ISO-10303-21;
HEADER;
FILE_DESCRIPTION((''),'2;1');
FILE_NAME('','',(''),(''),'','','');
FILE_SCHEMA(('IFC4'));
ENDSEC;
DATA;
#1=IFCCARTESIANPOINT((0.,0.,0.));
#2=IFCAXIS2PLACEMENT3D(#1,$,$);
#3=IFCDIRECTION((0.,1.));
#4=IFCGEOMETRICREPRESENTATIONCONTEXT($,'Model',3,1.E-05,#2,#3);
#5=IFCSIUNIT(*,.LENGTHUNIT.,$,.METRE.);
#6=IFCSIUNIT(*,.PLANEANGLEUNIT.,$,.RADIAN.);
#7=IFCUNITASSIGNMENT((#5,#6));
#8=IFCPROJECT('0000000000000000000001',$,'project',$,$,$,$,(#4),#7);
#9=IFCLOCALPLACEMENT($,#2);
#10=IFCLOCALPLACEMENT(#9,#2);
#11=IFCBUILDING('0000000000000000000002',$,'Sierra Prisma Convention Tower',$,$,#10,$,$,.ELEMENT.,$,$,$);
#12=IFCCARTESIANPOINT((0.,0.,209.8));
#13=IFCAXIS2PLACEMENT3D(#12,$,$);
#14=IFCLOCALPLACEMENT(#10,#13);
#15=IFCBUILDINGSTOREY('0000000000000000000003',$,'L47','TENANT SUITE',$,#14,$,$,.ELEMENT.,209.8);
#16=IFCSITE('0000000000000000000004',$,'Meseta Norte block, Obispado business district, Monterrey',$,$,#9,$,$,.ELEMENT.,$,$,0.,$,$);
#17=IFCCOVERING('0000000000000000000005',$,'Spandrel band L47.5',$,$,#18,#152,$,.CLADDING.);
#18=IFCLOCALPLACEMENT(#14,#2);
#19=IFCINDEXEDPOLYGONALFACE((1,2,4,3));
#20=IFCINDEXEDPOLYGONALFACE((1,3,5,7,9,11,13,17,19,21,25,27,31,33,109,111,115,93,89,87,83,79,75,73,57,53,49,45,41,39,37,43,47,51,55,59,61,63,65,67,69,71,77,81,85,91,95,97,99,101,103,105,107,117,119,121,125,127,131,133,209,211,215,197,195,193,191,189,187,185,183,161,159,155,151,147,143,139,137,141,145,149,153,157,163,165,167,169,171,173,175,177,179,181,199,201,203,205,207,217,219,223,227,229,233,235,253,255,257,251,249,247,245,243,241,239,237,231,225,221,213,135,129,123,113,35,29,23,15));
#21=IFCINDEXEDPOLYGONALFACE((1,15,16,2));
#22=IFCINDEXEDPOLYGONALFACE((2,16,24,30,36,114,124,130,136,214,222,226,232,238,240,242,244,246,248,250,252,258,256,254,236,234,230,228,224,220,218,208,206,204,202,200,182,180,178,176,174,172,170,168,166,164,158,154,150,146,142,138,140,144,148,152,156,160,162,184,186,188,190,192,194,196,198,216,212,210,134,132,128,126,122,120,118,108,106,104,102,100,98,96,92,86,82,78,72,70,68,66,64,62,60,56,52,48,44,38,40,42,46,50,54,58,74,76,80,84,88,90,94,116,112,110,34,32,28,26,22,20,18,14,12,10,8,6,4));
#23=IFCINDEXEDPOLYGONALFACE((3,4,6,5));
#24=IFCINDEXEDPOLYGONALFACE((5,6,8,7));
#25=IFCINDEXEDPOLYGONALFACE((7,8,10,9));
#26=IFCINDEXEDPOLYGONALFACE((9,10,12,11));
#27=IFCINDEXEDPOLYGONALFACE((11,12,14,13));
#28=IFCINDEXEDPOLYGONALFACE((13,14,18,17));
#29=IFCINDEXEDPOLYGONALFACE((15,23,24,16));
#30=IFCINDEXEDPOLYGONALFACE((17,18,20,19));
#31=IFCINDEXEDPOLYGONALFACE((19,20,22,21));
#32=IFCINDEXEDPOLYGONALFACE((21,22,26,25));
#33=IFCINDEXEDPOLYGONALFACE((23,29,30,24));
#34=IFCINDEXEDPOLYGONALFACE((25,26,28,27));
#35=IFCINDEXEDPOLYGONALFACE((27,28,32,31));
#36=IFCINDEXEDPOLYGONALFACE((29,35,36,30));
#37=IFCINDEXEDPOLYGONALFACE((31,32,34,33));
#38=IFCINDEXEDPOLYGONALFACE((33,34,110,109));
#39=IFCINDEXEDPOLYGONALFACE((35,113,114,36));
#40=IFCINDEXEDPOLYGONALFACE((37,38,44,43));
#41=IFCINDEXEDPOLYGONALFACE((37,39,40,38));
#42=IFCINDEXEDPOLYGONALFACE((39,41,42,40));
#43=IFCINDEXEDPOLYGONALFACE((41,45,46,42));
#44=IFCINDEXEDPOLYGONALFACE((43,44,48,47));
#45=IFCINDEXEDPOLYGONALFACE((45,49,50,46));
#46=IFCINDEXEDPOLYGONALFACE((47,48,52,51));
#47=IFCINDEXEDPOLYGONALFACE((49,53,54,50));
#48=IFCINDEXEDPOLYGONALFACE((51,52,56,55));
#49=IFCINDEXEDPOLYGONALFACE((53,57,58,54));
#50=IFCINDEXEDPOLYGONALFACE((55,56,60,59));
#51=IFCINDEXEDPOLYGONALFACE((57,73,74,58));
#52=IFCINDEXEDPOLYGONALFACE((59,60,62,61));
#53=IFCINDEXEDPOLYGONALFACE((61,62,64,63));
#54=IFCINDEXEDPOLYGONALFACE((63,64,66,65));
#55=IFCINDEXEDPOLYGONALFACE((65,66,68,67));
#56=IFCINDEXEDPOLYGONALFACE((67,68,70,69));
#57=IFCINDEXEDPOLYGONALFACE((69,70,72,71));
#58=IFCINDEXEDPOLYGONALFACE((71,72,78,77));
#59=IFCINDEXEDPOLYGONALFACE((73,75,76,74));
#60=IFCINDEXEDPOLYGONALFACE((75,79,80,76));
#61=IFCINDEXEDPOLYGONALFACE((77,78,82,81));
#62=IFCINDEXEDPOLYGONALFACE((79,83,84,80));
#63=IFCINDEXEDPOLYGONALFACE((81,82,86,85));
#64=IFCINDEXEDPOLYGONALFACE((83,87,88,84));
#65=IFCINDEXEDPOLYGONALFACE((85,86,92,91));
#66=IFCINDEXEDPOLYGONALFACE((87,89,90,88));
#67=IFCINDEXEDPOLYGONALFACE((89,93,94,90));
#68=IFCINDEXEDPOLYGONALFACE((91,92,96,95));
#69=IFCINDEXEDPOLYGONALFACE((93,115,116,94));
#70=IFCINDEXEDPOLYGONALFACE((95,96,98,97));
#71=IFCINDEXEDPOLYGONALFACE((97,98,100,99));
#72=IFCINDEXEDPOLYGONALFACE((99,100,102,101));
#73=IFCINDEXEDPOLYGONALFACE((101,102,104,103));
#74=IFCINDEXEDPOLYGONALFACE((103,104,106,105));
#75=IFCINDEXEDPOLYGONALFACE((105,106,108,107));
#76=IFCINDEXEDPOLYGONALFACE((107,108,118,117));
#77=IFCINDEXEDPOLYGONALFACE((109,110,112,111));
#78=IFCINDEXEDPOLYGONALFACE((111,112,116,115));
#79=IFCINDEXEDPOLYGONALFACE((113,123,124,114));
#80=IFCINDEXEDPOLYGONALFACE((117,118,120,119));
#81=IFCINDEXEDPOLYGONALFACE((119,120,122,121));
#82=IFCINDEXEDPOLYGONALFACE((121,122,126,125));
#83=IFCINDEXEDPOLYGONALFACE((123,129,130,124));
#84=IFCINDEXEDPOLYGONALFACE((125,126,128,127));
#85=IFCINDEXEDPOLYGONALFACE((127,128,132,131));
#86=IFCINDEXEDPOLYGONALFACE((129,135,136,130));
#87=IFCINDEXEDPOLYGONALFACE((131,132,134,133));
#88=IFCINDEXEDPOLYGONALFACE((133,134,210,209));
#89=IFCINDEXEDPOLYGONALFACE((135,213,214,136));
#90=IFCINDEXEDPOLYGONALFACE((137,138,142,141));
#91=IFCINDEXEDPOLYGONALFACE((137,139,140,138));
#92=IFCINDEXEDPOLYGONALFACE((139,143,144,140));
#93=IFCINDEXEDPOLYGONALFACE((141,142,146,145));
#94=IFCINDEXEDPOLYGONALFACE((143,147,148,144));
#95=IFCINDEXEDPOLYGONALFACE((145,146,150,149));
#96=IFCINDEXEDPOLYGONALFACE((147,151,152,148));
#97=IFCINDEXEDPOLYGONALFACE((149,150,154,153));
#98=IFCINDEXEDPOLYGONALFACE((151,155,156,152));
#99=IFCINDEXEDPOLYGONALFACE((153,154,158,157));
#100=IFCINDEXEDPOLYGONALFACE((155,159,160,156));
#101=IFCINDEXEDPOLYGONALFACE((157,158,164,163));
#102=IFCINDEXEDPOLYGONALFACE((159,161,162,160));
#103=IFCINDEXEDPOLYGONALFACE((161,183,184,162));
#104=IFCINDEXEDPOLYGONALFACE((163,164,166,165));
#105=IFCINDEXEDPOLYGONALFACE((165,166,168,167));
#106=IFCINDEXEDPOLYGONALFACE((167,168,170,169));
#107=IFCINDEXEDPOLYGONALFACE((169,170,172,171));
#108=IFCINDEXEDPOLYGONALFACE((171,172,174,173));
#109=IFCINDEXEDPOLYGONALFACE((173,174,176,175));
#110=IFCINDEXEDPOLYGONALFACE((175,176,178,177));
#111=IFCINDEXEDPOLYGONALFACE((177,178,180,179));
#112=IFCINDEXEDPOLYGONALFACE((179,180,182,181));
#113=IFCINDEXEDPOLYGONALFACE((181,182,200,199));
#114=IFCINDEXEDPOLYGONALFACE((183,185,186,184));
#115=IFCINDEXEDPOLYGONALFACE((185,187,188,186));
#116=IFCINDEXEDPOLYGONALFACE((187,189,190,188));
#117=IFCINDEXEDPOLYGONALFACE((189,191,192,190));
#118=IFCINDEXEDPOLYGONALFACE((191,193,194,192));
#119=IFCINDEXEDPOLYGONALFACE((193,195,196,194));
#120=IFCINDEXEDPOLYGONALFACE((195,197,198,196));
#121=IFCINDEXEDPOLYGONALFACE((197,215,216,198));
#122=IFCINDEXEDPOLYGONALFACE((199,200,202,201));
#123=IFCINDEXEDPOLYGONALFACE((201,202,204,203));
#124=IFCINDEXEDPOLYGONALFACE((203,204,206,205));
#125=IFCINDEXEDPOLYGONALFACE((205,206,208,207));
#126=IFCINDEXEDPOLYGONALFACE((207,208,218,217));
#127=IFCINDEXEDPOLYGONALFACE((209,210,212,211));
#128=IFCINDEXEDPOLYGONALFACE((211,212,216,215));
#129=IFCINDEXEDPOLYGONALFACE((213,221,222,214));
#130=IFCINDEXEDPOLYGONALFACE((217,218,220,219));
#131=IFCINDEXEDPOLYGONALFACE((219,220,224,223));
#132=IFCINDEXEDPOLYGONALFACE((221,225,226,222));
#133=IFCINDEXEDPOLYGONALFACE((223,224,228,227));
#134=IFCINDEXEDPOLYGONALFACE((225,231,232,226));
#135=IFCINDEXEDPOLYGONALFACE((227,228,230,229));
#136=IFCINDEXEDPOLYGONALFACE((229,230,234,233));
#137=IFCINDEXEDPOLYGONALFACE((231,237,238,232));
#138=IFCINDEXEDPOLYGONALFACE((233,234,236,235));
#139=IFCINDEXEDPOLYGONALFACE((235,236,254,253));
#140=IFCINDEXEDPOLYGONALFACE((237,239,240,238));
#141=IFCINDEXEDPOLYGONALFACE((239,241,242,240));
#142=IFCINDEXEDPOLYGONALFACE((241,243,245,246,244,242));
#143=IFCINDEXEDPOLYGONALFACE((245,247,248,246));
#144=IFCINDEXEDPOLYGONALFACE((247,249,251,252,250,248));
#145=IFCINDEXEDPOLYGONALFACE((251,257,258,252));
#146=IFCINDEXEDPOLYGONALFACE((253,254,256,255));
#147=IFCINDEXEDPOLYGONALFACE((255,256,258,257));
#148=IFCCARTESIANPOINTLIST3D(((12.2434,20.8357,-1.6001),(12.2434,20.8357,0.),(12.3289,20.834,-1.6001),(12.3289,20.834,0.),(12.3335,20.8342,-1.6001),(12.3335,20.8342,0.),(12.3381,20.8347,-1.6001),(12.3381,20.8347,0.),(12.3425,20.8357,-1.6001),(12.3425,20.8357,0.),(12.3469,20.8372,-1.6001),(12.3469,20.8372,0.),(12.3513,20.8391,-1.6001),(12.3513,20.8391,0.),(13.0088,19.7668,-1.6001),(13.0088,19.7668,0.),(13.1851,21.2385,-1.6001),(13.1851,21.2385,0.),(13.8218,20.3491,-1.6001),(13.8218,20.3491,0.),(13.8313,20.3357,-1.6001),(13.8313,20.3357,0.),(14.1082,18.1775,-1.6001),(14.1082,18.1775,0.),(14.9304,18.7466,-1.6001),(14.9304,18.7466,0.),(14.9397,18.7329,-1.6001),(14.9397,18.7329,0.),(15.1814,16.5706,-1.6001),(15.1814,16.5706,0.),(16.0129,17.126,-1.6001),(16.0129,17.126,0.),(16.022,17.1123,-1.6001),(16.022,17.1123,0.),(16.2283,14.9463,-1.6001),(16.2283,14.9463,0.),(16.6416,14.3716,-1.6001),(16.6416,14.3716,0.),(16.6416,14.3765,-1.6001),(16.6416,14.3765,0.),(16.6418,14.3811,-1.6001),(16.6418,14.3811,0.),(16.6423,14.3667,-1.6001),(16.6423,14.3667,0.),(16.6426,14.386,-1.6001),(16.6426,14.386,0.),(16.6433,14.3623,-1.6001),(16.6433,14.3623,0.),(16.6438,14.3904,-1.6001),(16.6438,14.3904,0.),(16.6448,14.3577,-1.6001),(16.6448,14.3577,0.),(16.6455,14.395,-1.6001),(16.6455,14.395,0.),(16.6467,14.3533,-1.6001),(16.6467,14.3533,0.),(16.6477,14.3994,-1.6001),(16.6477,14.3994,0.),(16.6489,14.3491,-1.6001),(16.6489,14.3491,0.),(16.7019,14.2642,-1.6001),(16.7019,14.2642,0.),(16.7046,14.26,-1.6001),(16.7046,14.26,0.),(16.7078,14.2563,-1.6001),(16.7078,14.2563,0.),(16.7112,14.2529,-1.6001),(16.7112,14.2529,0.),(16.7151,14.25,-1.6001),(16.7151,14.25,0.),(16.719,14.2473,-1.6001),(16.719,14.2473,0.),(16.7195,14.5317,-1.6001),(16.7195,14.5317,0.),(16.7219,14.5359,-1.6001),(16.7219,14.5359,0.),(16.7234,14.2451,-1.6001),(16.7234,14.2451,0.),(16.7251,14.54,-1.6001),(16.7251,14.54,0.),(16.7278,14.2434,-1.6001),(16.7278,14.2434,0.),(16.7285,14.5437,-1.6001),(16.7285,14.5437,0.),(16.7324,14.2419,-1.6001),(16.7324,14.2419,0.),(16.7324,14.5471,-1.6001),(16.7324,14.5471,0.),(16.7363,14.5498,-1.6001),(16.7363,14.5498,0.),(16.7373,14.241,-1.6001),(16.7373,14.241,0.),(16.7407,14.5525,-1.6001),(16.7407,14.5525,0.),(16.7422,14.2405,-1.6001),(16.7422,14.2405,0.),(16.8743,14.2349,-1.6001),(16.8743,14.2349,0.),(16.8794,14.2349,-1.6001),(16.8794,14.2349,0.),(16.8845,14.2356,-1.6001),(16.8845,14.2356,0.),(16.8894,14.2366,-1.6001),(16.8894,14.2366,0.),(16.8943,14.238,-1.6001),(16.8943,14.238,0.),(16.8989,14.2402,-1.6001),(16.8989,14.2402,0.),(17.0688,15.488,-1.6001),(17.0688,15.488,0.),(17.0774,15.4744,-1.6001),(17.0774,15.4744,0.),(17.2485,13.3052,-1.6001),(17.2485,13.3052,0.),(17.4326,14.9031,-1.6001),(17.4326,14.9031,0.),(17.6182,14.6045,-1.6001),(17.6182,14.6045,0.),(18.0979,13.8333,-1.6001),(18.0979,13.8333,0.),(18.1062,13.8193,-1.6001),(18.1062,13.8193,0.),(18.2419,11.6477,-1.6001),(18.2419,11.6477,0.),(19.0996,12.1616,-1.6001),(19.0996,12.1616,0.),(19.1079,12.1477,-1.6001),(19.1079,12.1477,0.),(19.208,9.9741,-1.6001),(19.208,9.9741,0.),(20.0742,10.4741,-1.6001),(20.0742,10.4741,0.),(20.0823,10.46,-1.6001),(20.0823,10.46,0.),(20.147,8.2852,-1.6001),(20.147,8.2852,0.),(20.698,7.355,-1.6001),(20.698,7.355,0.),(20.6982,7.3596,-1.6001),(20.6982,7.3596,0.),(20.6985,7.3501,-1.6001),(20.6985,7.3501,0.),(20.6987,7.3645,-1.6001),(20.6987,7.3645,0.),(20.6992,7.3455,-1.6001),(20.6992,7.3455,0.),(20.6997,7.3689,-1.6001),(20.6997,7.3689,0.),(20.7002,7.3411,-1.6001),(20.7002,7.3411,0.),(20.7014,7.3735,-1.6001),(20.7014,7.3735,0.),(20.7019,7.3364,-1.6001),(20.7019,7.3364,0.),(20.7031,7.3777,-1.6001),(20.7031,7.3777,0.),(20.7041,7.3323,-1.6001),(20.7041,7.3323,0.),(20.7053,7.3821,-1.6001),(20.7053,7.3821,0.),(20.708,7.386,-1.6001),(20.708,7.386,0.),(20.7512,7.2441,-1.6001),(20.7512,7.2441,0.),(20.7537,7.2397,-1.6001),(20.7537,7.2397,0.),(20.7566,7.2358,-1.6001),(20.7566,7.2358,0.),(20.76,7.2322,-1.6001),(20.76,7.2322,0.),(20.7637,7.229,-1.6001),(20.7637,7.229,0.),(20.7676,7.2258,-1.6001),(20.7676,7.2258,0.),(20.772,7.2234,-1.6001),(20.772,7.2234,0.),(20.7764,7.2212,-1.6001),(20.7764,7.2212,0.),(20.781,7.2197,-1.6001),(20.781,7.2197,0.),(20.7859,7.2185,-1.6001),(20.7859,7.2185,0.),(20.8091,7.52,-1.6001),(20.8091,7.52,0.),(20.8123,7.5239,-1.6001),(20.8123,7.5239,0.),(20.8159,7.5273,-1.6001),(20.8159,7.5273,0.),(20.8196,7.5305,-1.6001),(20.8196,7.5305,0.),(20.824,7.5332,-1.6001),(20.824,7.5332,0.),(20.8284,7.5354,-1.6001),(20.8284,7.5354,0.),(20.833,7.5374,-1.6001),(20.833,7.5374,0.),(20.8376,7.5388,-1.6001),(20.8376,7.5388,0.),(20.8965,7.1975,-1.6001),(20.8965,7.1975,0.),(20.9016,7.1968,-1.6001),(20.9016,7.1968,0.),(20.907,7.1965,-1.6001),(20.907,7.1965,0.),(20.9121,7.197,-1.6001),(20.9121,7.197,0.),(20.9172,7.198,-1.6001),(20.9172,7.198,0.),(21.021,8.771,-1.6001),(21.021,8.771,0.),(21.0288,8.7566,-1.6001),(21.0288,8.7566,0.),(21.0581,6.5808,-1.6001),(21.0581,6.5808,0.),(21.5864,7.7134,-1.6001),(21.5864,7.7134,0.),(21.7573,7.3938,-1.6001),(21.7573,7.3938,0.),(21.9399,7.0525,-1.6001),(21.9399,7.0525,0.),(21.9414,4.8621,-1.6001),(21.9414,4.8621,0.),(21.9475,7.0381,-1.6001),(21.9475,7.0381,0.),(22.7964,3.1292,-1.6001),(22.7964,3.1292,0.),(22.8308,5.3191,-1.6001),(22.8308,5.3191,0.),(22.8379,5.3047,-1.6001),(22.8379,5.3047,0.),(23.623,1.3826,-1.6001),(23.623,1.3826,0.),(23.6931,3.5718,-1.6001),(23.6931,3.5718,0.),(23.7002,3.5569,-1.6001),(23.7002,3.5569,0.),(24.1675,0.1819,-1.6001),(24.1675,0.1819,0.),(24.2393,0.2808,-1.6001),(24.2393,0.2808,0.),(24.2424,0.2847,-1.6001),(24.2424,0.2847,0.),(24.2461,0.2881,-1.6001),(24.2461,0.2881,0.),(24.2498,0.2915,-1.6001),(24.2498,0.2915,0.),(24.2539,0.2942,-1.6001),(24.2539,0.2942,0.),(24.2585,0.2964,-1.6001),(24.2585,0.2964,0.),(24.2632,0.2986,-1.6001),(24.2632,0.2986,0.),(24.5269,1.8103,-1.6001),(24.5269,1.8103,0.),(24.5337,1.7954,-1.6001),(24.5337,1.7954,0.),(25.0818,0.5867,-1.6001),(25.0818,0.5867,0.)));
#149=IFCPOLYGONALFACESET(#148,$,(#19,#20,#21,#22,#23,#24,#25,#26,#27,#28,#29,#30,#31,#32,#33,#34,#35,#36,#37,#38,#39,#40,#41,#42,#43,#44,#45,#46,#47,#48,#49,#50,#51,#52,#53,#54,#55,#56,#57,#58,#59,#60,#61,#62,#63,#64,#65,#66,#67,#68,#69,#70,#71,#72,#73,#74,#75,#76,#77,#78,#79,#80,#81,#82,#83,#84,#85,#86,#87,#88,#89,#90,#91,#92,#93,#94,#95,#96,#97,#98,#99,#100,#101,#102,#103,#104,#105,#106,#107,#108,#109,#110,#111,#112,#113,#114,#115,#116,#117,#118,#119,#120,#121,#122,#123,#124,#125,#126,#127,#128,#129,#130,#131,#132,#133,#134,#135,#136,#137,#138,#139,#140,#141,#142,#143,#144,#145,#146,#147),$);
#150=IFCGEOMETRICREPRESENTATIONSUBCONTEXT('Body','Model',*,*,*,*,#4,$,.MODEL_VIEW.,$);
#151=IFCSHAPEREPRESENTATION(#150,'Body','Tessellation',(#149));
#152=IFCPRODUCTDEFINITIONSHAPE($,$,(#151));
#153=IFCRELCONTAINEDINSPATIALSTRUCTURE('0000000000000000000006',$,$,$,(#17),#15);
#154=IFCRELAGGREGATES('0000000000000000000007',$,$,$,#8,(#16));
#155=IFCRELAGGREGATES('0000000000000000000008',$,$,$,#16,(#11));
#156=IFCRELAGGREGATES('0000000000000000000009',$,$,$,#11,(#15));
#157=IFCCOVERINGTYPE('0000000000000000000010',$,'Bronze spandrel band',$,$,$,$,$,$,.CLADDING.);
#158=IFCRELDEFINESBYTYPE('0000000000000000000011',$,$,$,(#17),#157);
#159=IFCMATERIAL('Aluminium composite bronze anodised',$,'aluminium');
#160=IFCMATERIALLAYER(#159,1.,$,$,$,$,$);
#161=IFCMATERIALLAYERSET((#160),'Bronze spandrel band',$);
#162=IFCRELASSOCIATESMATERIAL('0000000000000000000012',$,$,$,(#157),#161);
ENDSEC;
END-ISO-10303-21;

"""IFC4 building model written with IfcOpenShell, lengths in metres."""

from ifc_helpers import new_model, si_unit, direction, frame, origin, place, context, subcontext, project, spatial, polyline, outline, extrude, material, layer, layer_set, type_object, element, save


model = new_model("IFC4")

# Units and contexts
model_context = context("Model", 3, precision=1e-05, world=origin(), true_north=direction((0.0, 1.0)))
body_context = subcontext(model_context, "Body", "Model", "MODEL_VIEW")
ifc_project = project(units=[si_unit("LENGTHUNIT", "METRE"), si_unit("PLANEANGLEUNIT", "RADIAN")], contexts=[model_context])

# Site, building, storey
site_placement = place(None, origin())
site = spatial("IfcSite", under=ifc_project, at=site_placement, Name="Meseta Norte block, Obispado business district, Monterrey", CompositionType="ELEMENT", RefElevation=0.0)
building_placement = place(site_placement, origin())
building = spatial("IfcBuilding", under=site, at=building_placement, Name="Sierra Prisma Convention Tower", CompositionType="ELEMENT")
storey_placement = place(building_placement, frame((0.0, 0.0, 209.8)))
storey = spatial("IfcBuildingStorey", under=building, at=storey_placement, Name="L47", Description="TENANT SUITE", CompositionType="ELEMENT", Elevation=209.8)

# Covering
ifc_material_1 = material(Name="Aluminium composite bronze anodised", Category="aluminium")
ifc_layer_1 = layer(ifc_material_1, 1.0)
ifc_layer_set_1 = layer_set([ifc_layer_1], Name="Bronze spandrel band")
covering_type_1 = type_object("IfcCoveringType", Name="Bronze spandrel band", PredefinedType="CLADDING", material=ifc_layer_set_1)
covering_1_placement = place(storey_placement, frame((0.0, 0.0, -1.6001)))
element("IfcCovering", 1, at=covering_1_placement, inside=storey, type_object=covering_type_1, Name="Spandrel band L47.5", PredefinedType="CLADDING", context=body_context, shape_type="SweptSolid", body=[
    extrude(outline(polyline([(16.7285, 14.5437), (16.7251, 14.54), (16.7219, 14.5359), (16.7195, 14.5317), (16.6477, 14.3994), (16.6455, 14.395), (16.6438, 14.3904), (16.6426, 14.386), (16.6418, 14.3811), (16.6416, 14.3765), (16.6416, 14.3716), (16.6423, 14.3667), (16.6433, 14.3623), (16.6448, 14.3577), (16.6467, 14.3533), (16.6489, 14.3491), (16.7019, 14.2642), (16.7046, 14.26), (16.7078, 14.2563), (16.7112, 14.2529), (16.7151, 14.25), (16.719, 14.2473), (16.7234, 14.2451), (16.7278, 14.2434), (16.7324, 14.2419), (16.7373, 14.241), (16.7422, 14.2405), (16.8743, 14.2349), (16.8794, 14.2349), (16.8845, 14.2356), (16.8894, 14.2366), (16.8943, 14.238), (16.8989, 14.2402), (17.6182, 14.6045), (18.0979, 13.8333), (18.1062, 13.8193), (19.0996, 12.1616), (19.1079, 12.1477), (20.0742, 10.4741), (20.0823, 10.46), (21.021, 8.771), (21.0288, 8.7566), (21.5864, 7.7134), (20.8376, 7.5388), (20.833, 7.5374), (20.8284, 7.5354), (20.824, 7.5332), (20.8196, 7.5305), (20.8159, 7.5273), (20.8123, 7.5239), (20.8091, 7.52), (20.708, 7.386), (20.7053, 7.3821), (20.7031, 7.3777), (20.7014, 7.3735), (20.6997, 7.3689), (20.6987, 7.3645), (20.6982, 7.3596), (20.698, 7.355), (20.6985, 7.3501), (20.6992, 7.3455), (20.7002, 7.3411), (20.7019, 7.3364), (20.7041, 7.3323), (20.7512, 7.2441), (20.7537, 7.2397), (20.7566, 7.2358), (20.76, 7.2322), (20.7637, 7.229), (20.7676, 7.2258), (20.772, 7.2234), (20.7764, 7.2212), (20.781, 7.2197), (20.7859, 7.2185), (20.8965, 7.1975), (20.9016, 7.1968), (20.907, 7.1965), (20.9121, 7.197), (20.9172, 7.198), (21.7573, 7.3938), (21.9399, 7.0525), (21.9475, 7.0381), (22.8308, 5.3191), (22.8379, 5.3047), (23.6931, 3.5718), (23.7002, 3.5569), (24.5269, 1.8103), (24.5337, 1.7954), (25.0818, 0.5867), (24.2632, 0.2986), (24.2585, 0.2964), (24.2539, 0.2942), (24.2498, 0.2915), (24.2461, 0.2881), (24.2424, 0.2847), (24.2393, 0.2808), (24.1675, 0.1819), (23.623, 1.3826), (22.7964, 3.1292), (21.9414, 4.8621), (21.0581, 6.5808), (20.147, 8.2852), (19.208, 9.9741), (18.2419, 11.6477), (17.2485, 13.3052), (16.2283, 14.9463), (15.1814, 16.5706), (14.1082, 18.1775), (13.0088, 19.7668), (12.2434, 20.8357), (12.3289, 20.834), (12.3335, 20.8342), (12.3381, 20.8347), (12.3425, 20.8357), (12.3469, 20.8372), (12.3513, 20.8391), (13.1851, 21.2385), (13.8218, 20.3491), (13.8313, 20.3357), (14.9304, 18.7466), (14.9397, 18.7329), (16.0129, 17.126), (16.022, 17.1123), (17.0688, 15.488), (17.0774, 15.4744), (17.4326, 14.9031), (16.7407, 14.5525), (16.7363, 14.5498), (16.7324, 14.5471), (16.7285, 14.5437)])), origin(), (0.0, 0.0, 1.0), 1.6001),
])

save(model, "model.ifc")
